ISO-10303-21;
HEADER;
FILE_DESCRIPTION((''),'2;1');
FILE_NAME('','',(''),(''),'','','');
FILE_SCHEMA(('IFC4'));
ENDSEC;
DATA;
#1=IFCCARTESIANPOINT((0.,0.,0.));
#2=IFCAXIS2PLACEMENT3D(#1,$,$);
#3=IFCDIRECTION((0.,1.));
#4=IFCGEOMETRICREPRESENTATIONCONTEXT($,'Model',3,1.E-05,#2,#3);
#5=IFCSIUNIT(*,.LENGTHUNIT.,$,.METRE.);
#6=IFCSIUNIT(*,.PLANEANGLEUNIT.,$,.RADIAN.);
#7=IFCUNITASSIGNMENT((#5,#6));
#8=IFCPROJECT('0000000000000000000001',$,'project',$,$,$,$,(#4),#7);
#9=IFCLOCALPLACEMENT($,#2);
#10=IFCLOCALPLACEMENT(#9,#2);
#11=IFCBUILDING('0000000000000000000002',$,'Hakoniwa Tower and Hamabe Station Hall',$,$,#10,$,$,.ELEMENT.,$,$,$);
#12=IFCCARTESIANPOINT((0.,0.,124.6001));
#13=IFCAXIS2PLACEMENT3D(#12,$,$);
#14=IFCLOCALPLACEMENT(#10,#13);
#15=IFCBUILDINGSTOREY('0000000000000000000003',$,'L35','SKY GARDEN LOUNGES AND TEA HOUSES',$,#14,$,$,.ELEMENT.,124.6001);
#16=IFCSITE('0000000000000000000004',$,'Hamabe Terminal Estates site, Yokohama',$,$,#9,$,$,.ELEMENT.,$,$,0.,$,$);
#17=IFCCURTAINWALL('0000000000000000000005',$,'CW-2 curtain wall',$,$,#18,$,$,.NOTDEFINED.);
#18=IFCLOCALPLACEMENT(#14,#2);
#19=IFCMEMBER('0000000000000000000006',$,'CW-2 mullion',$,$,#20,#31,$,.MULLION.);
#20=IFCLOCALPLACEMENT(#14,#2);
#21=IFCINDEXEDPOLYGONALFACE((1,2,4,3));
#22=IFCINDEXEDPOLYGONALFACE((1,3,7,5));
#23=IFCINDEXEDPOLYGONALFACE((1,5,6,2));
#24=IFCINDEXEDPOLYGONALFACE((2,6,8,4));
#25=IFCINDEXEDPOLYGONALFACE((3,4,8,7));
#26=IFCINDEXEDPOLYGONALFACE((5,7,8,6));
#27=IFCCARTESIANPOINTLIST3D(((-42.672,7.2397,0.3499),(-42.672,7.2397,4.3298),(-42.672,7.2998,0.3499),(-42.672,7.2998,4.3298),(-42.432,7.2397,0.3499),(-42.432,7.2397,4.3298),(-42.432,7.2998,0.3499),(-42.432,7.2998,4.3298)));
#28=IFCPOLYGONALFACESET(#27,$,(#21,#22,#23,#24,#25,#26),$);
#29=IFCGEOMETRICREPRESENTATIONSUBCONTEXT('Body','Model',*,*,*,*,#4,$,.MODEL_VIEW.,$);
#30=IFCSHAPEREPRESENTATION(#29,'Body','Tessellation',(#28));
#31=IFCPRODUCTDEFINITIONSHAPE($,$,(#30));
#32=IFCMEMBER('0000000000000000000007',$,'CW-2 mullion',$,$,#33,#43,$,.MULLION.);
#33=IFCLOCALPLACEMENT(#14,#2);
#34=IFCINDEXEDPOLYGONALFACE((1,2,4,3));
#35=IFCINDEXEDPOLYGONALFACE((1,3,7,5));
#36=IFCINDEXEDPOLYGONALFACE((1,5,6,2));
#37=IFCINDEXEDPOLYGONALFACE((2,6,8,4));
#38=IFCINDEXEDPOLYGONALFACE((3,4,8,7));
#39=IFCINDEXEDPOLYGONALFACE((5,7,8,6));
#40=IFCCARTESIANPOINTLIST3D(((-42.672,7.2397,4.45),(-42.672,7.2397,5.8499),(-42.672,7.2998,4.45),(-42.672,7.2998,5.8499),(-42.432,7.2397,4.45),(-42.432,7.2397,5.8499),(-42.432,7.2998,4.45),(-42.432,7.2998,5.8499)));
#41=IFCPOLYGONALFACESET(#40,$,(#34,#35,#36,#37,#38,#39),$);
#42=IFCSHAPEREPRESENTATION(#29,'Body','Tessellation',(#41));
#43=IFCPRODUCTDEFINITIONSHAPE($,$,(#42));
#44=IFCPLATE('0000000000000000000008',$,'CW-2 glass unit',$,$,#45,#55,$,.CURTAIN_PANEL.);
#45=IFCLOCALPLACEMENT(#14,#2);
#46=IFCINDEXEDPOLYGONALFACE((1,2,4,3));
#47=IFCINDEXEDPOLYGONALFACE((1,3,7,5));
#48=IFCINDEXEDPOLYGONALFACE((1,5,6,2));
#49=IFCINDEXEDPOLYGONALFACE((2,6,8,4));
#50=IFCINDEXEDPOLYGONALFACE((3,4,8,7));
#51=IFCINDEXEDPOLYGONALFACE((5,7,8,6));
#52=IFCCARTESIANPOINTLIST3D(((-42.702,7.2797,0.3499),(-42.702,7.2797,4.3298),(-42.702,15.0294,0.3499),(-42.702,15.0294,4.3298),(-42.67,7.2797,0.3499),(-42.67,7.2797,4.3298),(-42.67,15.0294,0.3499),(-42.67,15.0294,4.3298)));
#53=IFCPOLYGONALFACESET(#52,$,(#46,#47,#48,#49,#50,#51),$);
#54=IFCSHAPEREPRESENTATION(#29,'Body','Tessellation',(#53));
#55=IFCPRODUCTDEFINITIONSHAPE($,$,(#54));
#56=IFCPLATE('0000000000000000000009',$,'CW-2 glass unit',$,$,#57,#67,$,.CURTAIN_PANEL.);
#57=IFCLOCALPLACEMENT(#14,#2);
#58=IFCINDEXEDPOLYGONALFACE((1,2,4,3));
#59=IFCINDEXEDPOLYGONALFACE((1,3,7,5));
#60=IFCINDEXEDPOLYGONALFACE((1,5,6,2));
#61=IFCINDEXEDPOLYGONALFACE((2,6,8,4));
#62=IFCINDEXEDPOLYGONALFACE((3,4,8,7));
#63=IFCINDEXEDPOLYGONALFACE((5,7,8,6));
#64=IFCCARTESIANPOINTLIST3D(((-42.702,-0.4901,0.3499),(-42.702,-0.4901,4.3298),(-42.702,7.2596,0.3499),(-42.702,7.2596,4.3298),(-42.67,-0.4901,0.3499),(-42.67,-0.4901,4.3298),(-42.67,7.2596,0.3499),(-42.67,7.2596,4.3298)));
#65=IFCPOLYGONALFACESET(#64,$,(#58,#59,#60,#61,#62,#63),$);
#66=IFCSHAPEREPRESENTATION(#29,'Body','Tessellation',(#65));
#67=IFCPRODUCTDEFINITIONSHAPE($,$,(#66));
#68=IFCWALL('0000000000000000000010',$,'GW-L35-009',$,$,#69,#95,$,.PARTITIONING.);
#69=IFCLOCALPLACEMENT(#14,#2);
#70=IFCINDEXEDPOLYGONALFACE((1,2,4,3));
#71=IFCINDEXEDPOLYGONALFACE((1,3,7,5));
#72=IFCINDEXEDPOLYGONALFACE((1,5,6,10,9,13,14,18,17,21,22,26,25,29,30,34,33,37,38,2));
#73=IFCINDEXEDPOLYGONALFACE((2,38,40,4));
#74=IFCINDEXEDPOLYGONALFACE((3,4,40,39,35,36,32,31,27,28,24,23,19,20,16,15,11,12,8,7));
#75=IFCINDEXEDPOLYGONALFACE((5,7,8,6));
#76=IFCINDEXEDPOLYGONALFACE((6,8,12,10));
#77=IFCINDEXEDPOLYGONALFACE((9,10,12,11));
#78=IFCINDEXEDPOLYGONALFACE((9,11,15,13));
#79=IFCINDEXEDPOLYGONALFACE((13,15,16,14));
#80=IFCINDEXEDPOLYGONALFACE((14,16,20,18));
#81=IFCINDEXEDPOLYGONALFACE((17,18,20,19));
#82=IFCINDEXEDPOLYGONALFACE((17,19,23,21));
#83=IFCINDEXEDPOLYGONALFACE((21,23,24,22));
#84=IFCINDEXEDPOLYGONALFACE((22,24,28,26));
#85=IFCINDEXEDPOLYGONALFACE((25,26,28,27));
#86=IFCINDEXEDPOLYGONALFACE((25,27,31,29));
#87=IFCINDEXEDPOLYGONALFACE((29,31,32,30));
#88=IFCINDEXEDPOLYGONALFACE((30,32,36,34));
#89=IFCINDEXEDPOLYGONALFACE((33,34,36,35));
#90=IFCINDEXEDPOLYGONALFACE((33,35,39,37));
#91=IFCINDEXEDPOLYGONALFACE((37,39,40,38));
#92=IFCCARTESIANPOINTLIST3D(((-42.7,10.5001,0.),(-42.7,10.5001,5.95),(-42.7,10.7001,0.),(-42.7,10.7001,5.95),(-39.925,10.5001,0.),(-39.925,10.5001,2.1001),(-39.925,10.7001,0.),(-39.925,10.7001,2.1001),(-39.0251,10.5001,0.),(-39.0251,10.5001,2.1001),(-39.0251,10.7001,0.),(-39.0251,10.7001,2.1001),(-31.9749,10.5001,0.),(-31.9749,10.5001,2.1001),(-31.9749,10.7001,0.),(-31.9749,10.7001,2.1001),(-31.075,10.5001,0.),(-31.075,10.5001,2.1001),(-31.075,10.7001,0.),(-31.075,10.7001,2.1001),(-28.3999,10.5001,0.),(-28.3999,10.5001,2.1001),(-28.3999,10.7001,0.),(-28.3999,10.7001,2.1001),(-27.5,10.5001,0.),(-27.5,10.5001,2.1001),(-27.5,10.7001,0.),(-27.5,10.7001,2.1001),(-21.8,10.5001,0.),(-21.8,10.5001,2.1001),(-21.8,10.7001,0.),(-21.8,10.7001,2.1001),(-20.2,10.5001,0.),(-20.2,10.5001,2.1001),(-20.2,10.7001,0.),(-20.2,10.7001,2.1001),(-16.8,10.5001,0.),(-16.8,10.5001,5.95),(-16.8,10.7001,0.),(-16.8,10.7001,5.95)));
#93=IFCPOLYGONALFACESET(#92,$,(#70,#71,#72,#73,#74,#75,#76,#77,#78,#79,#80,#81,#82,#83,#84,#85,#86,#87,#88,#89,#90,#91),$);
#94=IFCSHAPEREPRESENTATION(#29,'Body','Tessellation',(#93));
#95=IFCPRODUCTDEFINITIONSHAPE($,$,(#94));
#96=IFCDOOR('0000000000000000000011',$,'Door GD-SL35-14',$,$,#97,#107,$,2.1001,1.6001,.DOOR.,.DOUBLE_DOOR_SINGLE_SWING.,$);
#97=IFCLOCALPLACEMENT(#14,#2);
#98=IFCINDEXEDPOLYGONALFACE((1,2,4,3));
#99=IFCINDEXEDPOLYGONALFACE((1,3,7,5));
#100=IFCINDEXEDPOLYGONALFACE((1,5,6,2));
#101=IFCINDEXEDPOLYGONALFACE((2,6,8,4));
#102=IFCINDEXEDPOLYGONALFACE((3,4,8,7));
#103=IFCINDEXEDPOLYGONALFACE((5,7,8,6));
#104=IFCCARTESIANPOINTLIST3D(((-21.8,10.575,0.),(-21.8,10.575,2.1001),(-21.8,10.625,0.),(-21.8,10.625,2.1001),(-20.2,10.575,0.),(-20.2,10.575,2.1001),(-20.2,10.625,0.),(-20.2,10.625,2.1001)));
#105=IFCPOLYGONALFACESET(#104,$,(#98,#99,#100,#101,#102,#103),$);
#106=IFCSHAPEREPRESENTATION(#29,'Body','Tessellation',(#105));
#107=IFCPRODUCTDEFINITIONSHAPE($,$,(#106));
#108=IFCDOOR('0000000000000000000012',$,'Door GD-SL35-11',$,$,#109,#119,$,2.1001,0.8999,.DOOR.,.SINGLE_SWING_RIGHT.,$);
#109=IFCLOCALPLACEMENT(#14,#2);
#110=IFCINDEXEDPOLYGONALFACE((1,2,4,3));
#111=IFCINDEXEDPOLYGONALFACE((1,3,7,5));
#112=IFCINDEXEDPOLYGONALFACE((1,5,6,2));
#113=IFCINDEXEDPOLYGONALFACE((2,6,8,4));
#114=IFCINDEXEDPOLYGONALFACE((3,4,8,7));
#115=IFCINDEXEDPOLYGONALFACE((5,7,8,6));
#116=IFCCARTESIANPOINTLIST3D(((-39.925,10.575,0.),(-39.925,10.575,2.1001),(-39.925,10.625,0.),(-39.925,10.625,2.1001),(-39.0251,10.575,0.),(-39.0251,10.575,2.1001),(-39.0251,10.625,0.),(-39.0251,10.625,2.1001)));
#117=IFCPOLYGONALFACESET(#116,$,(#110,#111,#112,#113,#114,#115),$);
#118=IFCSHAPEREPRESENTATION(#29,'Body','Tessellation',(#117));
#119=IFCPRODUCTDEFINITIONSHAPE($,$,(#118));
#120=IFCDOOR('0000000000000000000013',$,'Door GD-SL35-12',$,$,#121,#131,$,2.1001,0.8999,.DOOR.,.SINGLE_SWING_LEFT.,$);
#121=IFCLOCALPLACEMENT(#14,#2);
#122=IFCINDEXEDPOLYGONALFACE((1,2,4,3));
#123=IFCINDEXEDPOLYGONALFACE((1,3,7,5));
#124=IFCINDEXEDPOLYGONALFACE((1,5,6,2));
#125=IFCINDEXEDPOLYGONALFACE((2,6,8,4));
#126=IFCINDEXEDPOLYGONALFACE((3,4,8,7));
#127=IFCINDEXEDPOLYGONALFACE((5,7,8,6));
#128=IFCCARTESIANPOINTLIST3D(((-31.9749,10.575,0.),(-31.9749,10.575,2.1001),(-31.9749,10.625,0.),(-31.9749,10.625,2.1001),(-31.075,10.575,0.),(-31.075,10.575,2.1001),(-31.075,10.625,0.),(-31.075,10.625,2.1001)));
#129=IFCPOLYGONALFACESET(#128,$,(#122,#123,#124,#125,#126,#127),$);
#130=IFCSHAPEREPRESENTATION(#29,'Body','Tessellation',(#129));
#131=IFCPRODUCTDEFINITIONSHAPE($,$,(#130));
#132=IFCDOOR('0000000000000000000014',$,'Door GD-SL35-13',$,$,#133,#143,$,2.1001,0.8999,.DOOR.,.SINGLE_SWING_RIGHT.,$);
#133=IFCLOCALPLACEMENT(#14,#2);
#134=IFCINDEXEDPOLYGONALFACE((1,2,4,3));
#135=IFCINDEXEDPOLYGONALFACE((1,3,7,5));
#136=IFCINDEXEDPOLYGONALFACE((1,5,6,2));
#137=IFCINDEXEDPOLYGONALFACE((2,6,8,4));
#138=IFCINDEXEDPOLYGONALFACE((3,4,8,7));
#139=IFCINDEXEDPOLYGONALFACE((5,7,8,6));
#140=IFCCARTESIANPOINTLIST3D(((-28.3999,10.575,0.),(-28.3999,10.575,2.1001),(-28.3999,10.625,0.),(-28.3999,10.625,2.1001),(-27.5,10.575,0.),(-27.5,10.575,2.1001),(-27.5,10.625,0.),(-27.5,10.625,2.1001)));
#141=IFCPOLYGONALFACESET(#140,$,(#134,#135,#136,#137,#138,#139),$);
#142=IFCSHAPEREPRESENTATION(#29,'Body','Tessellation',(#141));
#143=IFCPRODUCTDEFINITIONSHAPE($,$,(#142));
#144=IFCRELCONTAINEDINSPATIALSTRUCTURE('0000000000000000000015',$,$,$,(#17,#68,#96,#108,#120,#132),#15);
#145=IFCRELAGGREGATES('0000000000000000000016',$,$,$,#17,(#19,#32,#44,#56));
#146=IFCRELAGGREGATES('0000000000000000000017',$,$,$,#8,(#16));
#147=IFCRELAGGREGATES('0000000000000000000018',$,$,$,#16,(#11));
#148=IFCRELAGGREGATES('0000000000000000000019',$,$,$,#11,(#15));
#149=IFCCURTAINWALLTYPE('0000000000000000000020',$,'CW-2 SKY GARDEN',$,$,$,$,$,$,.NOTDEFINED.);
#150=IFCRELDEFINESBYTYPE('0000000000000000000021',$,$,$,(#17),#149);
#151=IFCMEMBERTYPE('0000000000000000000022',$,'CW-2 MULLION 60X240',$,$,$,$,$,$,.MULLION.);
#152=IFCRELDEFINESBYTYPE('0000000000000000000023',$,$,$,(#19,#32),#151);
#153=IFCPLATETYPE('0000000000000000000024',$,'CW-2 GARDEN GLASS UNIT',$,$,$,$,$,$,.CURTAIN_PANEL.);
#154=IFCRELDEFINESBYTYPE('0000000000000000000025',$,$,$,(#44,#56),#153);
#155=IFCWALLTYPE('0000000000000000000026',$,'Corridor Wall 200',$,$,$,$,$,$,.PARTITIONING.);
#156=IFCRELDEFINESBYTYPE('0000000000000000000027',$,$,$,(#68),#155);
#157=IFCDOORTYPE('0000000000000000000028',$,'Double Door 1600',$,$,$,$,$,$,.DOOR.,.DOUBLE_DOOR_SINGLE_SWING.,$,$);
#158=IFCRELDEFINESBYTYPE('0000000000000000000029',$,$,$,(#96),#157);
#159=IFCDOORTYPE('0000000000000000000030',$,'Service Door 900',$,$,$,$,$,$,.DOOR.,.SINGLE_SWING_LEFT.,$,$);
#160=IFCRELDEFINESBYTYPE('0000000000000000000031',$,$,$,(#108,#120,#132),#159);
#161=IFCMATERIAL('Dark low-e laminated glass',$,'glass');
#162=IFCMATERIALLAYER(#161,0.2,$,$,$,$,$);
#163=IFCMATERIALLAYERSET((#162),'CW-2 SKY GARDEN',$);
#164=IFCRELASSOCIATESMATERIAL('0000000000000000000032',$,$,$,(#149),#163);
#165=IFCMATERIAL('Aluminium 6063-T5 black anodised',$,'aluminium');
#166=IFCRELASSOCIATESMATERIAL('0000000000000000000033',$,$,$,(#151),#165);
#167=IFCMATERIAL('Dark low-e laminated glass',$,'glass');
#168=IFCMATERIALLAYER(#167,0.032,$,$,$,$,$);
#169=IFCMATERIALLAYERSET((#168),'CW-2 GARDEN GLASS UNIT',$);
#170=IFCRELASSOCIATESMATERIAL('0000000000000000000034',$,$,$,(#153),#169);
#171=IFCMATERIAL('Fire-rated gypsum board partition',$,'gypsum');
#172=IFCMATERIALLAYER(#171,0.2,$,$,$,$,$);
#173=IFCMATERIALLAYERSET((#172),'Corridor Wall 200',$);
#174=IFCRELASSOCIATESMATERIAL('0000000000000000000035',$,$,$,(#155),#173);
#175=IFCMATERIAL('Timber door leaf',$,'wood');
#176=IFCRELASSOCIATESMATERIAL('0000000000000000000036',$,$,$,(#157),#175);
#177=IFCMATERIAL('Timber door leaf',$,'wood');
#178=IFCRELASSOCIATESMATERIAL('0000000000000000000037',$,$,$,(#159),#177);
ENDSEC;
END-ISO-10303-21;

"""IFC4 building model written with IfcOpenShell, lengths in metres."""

from ifc_helpers import new_model, si_unit, direction, frame, frame_2d, origin, origin_2d, place, context, subcontext, project, spatial, rectangle, extrude, material, layer, layer_set, material_profile, profile_set, type_object, element, fill, aggregate, save


model = new_model("IFC4")

# Units and contexts
model_context = context("Model", 3, precision=1e-05, world=origin(), true_north=direction((0.0, 1.0)))
body_context = subcontext(model_context, "Body", "Model", "MODEL_VIEW")
ifc_project = project(units=[si_unit("LENGTHUNIT", "METRE"), si_unit("PLANEANGLEUNIT", "RADIAN")], contexts=[model_context])

# Site, building, storey
site_placement = place(None, origin())
site = spatial("IfcSite", under=ifc_project, at=site_placement, Name="Hamabe Terminal Estates site, Yokohama", CompositionType="ELEMENT", RefElevation=0.0)
building_placement = place(site_placement, origin())
building = spatial("IfcBuilding", under=site, at=building_placement, Name="Hakoniwa Tower and Hamabe Station Hall", CompositionType="ELEMENT")
storey_placement = place(building_placement, frame((0.0, 0.0, 124.6001)))
storey = spatial("IfcBuildingStorey", under=building, at=storey_placement, Name="L35", Description="SKY GARDEN LOUNGES AND TEA HOUSES", CompositionType="ELEMENT", Elevation=124.6001)

# Curtain wall, members, plates
ifc_material_1 = material(Name="Dark low-e laminated glass", Category="glass")
ifc_layer_1 = layer(ifc_material_1, 0.2)
ifc_layer_set_1 = layer_set([ifc_layer_1], Name="CW-2 SKY GARDEN")
curtain_wall_type = type_object("IfcCurtainWallType", Name="CW-2 SKY GARDEN", PredefinedType="NOTDEFINED", material=ifc_layer_set_1)
curtain_wall_placement = place(storey_placement, origin())
curtain_wall = element("IfcCurtainWall", 1, at=curtain_wall_placement, inside=storey, type_object=curtain_wall_type, Name="CW-2 curtain wall", PredefinedType="NOTDEFINED")
ifc_material_2 = material(Name="Aluminium 6063-T5 black anodised", Category="aluminium")
ifc_material_profile = material_profile(ifc_material_2, rectangle(XDim=0.0601, YDim=0.24, at=origin_2d()), Name="CW-2 MULLION 60X240")
ifc_profile_set = profile_set([ifc_material_profile], Name="Aluminium 6063-T5 black anodised")
member_type = type_object("IfcMemberType", Name="CW-2 MULLION 60X240", PredefinedType="MULLION", material=ifc_profile_set)
member_1_placement = place(storey_placement, frame((-42.552, 7.2698, 0.3499), z_axis=(0.0, 0.0, 1.0), x_axis=(0.0, -1.0, 0.0)))
member_1 = element("IfcMember", 2, at=member_1_placement, type_object=member_type, Name="CW-2 mullion", PredefinedType="MULLION", context=body_context, shape_type="SweptSolid", body=[
    extrude(rectangle(XDim=0.0601, YDim=0.24, at=origin_2d()), origin(), (0.0, 0.0, 1.0), 3.98),
])
member_2_placement = place(storey_placement, frame((-42.552, 7.2698, 4.45), z_axis=(0.0, 0.0, 1.0), x_axis=(0.0, -1.0, 0.0)))
member_2 = element("IfcMember", 3, at=member_2_placement, type_object=member_type, Name="CW-2 mullion", PredefinedType="MULLION", context=body_context, shape_type="SweptSolid", body=[
    extrude(rectangle(XDim=0.0601, YDim=0.24, at=origin_2d()), origin(), (0.0, 0.0, 1.0), 1.3999),
])
ifc_material_3 = material(Name="Dark low-e laminated glass", Category="glass")
ifc_layer_2 = layer(ifc_material_3, 0.032)
ifc_layer_set_2 = layer_set([ifc_layer_2], Name="CW-2 GARDEN GLASS UNIT")
plate_type = type_object("IfcPlateType", Name="CW-2 GARDEN GLASS UNIT", PredefinedType="CURTAIN_PANEL", material=ifc_layer_set_2)
plate_1_placement = place(storey_placement, frame((-42.686, 11.1545, 0.3499), z_axis=(0.0, 0.0, 1.0), x_axis=(0.0, -1.0, 0.0)))
plate_1 = element("IfcPlate", 4, at=plate_1_placement, type_object=plate_type, Name="CW-2 glass unit", PredefinedType="CURTAIN_PANEL", context=body_context, shape_type="SweptSolid", body=[
    extrude(rectangle(XDim=7.7498, YDim=0.032, at=origin_2d()), origin(), (0.0, 0.0, 1.0), 3.98),
])
plate_2_placement = place(storey_placement, frame((-42.686, 3.3848, 0.3499), z_axis=(0.0, 0.0, 1.0), x_axis=(0.0, -1.0, 0.0)))
plate_2 = element("IfcPlate", 5, at=plate_2_placement, type_object=plate_type, Name="CW-2 glass unit", PredefinedType="CURTAIN_PANEL", context=body_context, shape_type="SweptSolid", body=[
    extrude(rectangle(XDim=7.7498, YDim=0.032, at=origin_2d()), origin(), (0.0, 0.0, 1.0), 3.98),
])

# Wall, openings, doors
ifc_material_4 = material(Name="Fire-rated gypsum board partition", Category="gypsum")
ifc_layer_3 = layer(ifc_material_4, 0.2)
ifc_layer_set_3 = layer_set([ifc_layer_3], Name="Corridor Wall 200")
wall_type_1 = type_object("IfcWallType", Name="Corridor Wall 200", PredefinedType="PARTITIONING", material=ifc_layer_set_3)
wall_1_placement = place(storey_placement, frame((-42.7, 10.6001, 0.0), z_axis=(0.0, 0.0, 1.0), x_axis=(1.0, 0.0, 0.0)))
wall_1 = element("IfcWall", 6, at=wall_1_placement, inside=storey, type_object=wall_type_1, Name="GW-L35-009", PredefinedType="PARTITIONING", context=body_context, shape_type="SweptSolid", body=[
    extrude(rectangle(XDim=25.8999, YDim=0.2, at=frame_2d((12.95, 0.0))), origin(), (0.0, 0.0, 1.0), 5.95),
])
opening_1_placement = place(wall_1_placement, frame((2.7749, 0.0, 0.0)))
opening_1 = element("IfcOpeningElement", 7, at=opening_1_placement, cuts=wall_1, PredefinedType="OPENING", context=body_context, shape_type="SweptSolid", body=[
    extrude(rectangle(XDim=0.8999, YDim=2.1001, at=frame_2d((0.45, 1.05))), frame((0.0, 0.1099, 0.0), z_axis=(0.0, -1.0, 0.0), x_axis=(1.0, 0.0, 0.0)), (0.0, 0.0, 1.0), 0.22),
])
opening_2_placement = place(wall_1_placement, frame((10.7251, 0.0, 0.0)))
opening_2 = element("IfcOpeningElement", 8, at=opening_2_placement, cuts=wall_1, PredefinedType="OPENING", context=body_context, shape_type="SweptSolid", body=[
    extrude(rectangle(XDim=0.8999, YDim=2.1001, at=frame_2d((0.45, 1.05))), frame((0.0, 0.1099, 0.0), z_axis=(0.0, -1.0, 0.0), x_axis=(1.0, 0.0, 0.0)), (0.0, 0.0, 1.0), 0.22),
])
opening_3_placement = place(wall_1_placement, frame((14.3, 0.0, 0.0)))
opening_3 = element("IfcOpeningElement", 9, at=opening_3_placement, cuts=wall_1, PredefinedType="OPENING", context=body_context, shape_type="SweptSolid", body=[
    extrude(rectangle(XDim=0.8999, YDim=2.1001, at=frame_2d((0.45, 1.05))), frame((0.0, 0.1099, 0.0), z_axis=(0.0, -1.0, 0.0), x_axis=(1.0, 0.0, 0.0)), (0.0, 0.0, 1.0), 0.22),
])
opening_4_placement = place(wall_1_placement, frame((20.8999, 0.0, 0.0)))
opening_4 = element("IfcOpeningElement", 10, at=opening_4_placement, cuts=wall_1, PredefinedType="OPENING", context=body_context, shape_type="SweptSolid", body=[
    extrude(rectangle(XDim=1.6001, YDim=2.1001, at=frame_2d((0.8, 1.05))), frame((0.0, 0.1099, 0.0), z_axis=(0.0, -1.0, 0.0), x_axis=(1.0, 0.0, 0.0)), (0.0, 0.0, 1.0), 0.22),
])
ifc_material_5 = material(Name="Timber door leaf", Category="wood")
door_type_1 = type_object("IfcDoorType", Name="Double Door 1600", OperationType="DOUBLE_DOOR_SINGLE_SWING", PredefinedType="DOOR", material=ifc_material_5)
door_1_placement = place(opening_4_placement, origin())
door_1 = element("IfcDoor", 11, at=door_1_placement, inside=storey, type_object=door_type_1, Name="Door GD-SL35-14", OperationType="DOUBLE_DOOR_SINGLE_SWING", OverallHeight=2.1001, OverallWidth=1.6001, PredefinedType="DOOR", context=body_context, shape_type="SweptSolid", body=[
    extrude(rectangle(XDim=1.6001, YDim=2.1001, at=frame_2d((0.8, 1.05))), frame((0.0, 0.0249, 0.0), z_axis=(0.0, -1.0, 0.0), x_axis=(1.0, 0.0, 0.0)), (0.0, 0.0, 1.0), 0.05),
])
fill(opening_4, door_1)
ifc_material_6 = material(Name="Timber door leaf", Category="wood")
door_type_2 = type_object("IfcDoorType", Name="Service Door 900", OperationType="SINGLE_SWING_LEFT", PredefinedType="DOOR", material=ifc_material_6)
door_2_placement = place(opening_1_placement, origin())
door_2 = element("IfcDoor", 12, at=door_2_placement, inside=storey, type_object=door_type_2, Name="Door GD-SL35-11", OperationType="SINGLE_SWING_RIGHT", OverallHeight=2.1001, OverallWidth=0.8999, PredefinedType="DOOR", context=body_context, shape_type="SweptSolid", body=[
    extrude(rectangle(XDim=0.8999, YDim=2.1001, at=frame_2d((0.45, 1.05))), frame((0.0, 0.0249, 0.0), z_axis=(0.0, -1.0, 0.0), x_axis=(1.0, 0.0, 0.0)), (0.0, 0.0, 1.0), 0.05),
])
fill(opening_1, door_2)
door_3_placement = place(opening_2_placement, origin())
door_3 = element("IfcDoor", 13, at=door_3_placement, inside=storey, type_object=door_type_2, Name="Door GD-SL35-12", OperationType="SINGLE_SWING_LEFT", OverallHeight=2.1001, OverallWidth=0.8999, PredefinedType="DOOR", context=body_context, shape_type="SweptSolid", body=[
    extrude(rectangle(XDim=0.8999, YDim=2.1001, at=frame_2d((0.45, 1.05))), frame((0.0, 0.0249, 0.0), z_axis=(0.0, -1.0, 0.0), x_axis=(1.0, 0.0, 0.0)), (0.0, 0.0, 1.0), 0.05),
])
fill(opening_2, door_3)
door_4_placement = place(opening_3_placement, origin())
door_4 = element("IfcDoor", 14, at=door_4_placement, inside=storey, type_object=door_type_2, Name="Door GD-SL35-13", OperationType="SINGLE_SWING_RIGHT", OverallHeight=2.1001, OverallWidth=0.8999, PredefinedType="DOOR", context=body_context, shape_type="SweptSolid", body=[
    extrude(rectangle(XDim=0.8999, YDim=2.1001, at=frame_2d((0.45, 1.05))), frame((0.0, 0.0249, 0.0), z_axis=(0.0, -1.0, 0.0), x_axis=(1.0, 0.0, 0.0)), (0.0, 0.0, 1.0), 0.05),
])
fill(opening_3, door_4)

aggregate(curtain_wall, [member_1, member_2, plate_1, plate_2])

save(model, "model.ifc")
